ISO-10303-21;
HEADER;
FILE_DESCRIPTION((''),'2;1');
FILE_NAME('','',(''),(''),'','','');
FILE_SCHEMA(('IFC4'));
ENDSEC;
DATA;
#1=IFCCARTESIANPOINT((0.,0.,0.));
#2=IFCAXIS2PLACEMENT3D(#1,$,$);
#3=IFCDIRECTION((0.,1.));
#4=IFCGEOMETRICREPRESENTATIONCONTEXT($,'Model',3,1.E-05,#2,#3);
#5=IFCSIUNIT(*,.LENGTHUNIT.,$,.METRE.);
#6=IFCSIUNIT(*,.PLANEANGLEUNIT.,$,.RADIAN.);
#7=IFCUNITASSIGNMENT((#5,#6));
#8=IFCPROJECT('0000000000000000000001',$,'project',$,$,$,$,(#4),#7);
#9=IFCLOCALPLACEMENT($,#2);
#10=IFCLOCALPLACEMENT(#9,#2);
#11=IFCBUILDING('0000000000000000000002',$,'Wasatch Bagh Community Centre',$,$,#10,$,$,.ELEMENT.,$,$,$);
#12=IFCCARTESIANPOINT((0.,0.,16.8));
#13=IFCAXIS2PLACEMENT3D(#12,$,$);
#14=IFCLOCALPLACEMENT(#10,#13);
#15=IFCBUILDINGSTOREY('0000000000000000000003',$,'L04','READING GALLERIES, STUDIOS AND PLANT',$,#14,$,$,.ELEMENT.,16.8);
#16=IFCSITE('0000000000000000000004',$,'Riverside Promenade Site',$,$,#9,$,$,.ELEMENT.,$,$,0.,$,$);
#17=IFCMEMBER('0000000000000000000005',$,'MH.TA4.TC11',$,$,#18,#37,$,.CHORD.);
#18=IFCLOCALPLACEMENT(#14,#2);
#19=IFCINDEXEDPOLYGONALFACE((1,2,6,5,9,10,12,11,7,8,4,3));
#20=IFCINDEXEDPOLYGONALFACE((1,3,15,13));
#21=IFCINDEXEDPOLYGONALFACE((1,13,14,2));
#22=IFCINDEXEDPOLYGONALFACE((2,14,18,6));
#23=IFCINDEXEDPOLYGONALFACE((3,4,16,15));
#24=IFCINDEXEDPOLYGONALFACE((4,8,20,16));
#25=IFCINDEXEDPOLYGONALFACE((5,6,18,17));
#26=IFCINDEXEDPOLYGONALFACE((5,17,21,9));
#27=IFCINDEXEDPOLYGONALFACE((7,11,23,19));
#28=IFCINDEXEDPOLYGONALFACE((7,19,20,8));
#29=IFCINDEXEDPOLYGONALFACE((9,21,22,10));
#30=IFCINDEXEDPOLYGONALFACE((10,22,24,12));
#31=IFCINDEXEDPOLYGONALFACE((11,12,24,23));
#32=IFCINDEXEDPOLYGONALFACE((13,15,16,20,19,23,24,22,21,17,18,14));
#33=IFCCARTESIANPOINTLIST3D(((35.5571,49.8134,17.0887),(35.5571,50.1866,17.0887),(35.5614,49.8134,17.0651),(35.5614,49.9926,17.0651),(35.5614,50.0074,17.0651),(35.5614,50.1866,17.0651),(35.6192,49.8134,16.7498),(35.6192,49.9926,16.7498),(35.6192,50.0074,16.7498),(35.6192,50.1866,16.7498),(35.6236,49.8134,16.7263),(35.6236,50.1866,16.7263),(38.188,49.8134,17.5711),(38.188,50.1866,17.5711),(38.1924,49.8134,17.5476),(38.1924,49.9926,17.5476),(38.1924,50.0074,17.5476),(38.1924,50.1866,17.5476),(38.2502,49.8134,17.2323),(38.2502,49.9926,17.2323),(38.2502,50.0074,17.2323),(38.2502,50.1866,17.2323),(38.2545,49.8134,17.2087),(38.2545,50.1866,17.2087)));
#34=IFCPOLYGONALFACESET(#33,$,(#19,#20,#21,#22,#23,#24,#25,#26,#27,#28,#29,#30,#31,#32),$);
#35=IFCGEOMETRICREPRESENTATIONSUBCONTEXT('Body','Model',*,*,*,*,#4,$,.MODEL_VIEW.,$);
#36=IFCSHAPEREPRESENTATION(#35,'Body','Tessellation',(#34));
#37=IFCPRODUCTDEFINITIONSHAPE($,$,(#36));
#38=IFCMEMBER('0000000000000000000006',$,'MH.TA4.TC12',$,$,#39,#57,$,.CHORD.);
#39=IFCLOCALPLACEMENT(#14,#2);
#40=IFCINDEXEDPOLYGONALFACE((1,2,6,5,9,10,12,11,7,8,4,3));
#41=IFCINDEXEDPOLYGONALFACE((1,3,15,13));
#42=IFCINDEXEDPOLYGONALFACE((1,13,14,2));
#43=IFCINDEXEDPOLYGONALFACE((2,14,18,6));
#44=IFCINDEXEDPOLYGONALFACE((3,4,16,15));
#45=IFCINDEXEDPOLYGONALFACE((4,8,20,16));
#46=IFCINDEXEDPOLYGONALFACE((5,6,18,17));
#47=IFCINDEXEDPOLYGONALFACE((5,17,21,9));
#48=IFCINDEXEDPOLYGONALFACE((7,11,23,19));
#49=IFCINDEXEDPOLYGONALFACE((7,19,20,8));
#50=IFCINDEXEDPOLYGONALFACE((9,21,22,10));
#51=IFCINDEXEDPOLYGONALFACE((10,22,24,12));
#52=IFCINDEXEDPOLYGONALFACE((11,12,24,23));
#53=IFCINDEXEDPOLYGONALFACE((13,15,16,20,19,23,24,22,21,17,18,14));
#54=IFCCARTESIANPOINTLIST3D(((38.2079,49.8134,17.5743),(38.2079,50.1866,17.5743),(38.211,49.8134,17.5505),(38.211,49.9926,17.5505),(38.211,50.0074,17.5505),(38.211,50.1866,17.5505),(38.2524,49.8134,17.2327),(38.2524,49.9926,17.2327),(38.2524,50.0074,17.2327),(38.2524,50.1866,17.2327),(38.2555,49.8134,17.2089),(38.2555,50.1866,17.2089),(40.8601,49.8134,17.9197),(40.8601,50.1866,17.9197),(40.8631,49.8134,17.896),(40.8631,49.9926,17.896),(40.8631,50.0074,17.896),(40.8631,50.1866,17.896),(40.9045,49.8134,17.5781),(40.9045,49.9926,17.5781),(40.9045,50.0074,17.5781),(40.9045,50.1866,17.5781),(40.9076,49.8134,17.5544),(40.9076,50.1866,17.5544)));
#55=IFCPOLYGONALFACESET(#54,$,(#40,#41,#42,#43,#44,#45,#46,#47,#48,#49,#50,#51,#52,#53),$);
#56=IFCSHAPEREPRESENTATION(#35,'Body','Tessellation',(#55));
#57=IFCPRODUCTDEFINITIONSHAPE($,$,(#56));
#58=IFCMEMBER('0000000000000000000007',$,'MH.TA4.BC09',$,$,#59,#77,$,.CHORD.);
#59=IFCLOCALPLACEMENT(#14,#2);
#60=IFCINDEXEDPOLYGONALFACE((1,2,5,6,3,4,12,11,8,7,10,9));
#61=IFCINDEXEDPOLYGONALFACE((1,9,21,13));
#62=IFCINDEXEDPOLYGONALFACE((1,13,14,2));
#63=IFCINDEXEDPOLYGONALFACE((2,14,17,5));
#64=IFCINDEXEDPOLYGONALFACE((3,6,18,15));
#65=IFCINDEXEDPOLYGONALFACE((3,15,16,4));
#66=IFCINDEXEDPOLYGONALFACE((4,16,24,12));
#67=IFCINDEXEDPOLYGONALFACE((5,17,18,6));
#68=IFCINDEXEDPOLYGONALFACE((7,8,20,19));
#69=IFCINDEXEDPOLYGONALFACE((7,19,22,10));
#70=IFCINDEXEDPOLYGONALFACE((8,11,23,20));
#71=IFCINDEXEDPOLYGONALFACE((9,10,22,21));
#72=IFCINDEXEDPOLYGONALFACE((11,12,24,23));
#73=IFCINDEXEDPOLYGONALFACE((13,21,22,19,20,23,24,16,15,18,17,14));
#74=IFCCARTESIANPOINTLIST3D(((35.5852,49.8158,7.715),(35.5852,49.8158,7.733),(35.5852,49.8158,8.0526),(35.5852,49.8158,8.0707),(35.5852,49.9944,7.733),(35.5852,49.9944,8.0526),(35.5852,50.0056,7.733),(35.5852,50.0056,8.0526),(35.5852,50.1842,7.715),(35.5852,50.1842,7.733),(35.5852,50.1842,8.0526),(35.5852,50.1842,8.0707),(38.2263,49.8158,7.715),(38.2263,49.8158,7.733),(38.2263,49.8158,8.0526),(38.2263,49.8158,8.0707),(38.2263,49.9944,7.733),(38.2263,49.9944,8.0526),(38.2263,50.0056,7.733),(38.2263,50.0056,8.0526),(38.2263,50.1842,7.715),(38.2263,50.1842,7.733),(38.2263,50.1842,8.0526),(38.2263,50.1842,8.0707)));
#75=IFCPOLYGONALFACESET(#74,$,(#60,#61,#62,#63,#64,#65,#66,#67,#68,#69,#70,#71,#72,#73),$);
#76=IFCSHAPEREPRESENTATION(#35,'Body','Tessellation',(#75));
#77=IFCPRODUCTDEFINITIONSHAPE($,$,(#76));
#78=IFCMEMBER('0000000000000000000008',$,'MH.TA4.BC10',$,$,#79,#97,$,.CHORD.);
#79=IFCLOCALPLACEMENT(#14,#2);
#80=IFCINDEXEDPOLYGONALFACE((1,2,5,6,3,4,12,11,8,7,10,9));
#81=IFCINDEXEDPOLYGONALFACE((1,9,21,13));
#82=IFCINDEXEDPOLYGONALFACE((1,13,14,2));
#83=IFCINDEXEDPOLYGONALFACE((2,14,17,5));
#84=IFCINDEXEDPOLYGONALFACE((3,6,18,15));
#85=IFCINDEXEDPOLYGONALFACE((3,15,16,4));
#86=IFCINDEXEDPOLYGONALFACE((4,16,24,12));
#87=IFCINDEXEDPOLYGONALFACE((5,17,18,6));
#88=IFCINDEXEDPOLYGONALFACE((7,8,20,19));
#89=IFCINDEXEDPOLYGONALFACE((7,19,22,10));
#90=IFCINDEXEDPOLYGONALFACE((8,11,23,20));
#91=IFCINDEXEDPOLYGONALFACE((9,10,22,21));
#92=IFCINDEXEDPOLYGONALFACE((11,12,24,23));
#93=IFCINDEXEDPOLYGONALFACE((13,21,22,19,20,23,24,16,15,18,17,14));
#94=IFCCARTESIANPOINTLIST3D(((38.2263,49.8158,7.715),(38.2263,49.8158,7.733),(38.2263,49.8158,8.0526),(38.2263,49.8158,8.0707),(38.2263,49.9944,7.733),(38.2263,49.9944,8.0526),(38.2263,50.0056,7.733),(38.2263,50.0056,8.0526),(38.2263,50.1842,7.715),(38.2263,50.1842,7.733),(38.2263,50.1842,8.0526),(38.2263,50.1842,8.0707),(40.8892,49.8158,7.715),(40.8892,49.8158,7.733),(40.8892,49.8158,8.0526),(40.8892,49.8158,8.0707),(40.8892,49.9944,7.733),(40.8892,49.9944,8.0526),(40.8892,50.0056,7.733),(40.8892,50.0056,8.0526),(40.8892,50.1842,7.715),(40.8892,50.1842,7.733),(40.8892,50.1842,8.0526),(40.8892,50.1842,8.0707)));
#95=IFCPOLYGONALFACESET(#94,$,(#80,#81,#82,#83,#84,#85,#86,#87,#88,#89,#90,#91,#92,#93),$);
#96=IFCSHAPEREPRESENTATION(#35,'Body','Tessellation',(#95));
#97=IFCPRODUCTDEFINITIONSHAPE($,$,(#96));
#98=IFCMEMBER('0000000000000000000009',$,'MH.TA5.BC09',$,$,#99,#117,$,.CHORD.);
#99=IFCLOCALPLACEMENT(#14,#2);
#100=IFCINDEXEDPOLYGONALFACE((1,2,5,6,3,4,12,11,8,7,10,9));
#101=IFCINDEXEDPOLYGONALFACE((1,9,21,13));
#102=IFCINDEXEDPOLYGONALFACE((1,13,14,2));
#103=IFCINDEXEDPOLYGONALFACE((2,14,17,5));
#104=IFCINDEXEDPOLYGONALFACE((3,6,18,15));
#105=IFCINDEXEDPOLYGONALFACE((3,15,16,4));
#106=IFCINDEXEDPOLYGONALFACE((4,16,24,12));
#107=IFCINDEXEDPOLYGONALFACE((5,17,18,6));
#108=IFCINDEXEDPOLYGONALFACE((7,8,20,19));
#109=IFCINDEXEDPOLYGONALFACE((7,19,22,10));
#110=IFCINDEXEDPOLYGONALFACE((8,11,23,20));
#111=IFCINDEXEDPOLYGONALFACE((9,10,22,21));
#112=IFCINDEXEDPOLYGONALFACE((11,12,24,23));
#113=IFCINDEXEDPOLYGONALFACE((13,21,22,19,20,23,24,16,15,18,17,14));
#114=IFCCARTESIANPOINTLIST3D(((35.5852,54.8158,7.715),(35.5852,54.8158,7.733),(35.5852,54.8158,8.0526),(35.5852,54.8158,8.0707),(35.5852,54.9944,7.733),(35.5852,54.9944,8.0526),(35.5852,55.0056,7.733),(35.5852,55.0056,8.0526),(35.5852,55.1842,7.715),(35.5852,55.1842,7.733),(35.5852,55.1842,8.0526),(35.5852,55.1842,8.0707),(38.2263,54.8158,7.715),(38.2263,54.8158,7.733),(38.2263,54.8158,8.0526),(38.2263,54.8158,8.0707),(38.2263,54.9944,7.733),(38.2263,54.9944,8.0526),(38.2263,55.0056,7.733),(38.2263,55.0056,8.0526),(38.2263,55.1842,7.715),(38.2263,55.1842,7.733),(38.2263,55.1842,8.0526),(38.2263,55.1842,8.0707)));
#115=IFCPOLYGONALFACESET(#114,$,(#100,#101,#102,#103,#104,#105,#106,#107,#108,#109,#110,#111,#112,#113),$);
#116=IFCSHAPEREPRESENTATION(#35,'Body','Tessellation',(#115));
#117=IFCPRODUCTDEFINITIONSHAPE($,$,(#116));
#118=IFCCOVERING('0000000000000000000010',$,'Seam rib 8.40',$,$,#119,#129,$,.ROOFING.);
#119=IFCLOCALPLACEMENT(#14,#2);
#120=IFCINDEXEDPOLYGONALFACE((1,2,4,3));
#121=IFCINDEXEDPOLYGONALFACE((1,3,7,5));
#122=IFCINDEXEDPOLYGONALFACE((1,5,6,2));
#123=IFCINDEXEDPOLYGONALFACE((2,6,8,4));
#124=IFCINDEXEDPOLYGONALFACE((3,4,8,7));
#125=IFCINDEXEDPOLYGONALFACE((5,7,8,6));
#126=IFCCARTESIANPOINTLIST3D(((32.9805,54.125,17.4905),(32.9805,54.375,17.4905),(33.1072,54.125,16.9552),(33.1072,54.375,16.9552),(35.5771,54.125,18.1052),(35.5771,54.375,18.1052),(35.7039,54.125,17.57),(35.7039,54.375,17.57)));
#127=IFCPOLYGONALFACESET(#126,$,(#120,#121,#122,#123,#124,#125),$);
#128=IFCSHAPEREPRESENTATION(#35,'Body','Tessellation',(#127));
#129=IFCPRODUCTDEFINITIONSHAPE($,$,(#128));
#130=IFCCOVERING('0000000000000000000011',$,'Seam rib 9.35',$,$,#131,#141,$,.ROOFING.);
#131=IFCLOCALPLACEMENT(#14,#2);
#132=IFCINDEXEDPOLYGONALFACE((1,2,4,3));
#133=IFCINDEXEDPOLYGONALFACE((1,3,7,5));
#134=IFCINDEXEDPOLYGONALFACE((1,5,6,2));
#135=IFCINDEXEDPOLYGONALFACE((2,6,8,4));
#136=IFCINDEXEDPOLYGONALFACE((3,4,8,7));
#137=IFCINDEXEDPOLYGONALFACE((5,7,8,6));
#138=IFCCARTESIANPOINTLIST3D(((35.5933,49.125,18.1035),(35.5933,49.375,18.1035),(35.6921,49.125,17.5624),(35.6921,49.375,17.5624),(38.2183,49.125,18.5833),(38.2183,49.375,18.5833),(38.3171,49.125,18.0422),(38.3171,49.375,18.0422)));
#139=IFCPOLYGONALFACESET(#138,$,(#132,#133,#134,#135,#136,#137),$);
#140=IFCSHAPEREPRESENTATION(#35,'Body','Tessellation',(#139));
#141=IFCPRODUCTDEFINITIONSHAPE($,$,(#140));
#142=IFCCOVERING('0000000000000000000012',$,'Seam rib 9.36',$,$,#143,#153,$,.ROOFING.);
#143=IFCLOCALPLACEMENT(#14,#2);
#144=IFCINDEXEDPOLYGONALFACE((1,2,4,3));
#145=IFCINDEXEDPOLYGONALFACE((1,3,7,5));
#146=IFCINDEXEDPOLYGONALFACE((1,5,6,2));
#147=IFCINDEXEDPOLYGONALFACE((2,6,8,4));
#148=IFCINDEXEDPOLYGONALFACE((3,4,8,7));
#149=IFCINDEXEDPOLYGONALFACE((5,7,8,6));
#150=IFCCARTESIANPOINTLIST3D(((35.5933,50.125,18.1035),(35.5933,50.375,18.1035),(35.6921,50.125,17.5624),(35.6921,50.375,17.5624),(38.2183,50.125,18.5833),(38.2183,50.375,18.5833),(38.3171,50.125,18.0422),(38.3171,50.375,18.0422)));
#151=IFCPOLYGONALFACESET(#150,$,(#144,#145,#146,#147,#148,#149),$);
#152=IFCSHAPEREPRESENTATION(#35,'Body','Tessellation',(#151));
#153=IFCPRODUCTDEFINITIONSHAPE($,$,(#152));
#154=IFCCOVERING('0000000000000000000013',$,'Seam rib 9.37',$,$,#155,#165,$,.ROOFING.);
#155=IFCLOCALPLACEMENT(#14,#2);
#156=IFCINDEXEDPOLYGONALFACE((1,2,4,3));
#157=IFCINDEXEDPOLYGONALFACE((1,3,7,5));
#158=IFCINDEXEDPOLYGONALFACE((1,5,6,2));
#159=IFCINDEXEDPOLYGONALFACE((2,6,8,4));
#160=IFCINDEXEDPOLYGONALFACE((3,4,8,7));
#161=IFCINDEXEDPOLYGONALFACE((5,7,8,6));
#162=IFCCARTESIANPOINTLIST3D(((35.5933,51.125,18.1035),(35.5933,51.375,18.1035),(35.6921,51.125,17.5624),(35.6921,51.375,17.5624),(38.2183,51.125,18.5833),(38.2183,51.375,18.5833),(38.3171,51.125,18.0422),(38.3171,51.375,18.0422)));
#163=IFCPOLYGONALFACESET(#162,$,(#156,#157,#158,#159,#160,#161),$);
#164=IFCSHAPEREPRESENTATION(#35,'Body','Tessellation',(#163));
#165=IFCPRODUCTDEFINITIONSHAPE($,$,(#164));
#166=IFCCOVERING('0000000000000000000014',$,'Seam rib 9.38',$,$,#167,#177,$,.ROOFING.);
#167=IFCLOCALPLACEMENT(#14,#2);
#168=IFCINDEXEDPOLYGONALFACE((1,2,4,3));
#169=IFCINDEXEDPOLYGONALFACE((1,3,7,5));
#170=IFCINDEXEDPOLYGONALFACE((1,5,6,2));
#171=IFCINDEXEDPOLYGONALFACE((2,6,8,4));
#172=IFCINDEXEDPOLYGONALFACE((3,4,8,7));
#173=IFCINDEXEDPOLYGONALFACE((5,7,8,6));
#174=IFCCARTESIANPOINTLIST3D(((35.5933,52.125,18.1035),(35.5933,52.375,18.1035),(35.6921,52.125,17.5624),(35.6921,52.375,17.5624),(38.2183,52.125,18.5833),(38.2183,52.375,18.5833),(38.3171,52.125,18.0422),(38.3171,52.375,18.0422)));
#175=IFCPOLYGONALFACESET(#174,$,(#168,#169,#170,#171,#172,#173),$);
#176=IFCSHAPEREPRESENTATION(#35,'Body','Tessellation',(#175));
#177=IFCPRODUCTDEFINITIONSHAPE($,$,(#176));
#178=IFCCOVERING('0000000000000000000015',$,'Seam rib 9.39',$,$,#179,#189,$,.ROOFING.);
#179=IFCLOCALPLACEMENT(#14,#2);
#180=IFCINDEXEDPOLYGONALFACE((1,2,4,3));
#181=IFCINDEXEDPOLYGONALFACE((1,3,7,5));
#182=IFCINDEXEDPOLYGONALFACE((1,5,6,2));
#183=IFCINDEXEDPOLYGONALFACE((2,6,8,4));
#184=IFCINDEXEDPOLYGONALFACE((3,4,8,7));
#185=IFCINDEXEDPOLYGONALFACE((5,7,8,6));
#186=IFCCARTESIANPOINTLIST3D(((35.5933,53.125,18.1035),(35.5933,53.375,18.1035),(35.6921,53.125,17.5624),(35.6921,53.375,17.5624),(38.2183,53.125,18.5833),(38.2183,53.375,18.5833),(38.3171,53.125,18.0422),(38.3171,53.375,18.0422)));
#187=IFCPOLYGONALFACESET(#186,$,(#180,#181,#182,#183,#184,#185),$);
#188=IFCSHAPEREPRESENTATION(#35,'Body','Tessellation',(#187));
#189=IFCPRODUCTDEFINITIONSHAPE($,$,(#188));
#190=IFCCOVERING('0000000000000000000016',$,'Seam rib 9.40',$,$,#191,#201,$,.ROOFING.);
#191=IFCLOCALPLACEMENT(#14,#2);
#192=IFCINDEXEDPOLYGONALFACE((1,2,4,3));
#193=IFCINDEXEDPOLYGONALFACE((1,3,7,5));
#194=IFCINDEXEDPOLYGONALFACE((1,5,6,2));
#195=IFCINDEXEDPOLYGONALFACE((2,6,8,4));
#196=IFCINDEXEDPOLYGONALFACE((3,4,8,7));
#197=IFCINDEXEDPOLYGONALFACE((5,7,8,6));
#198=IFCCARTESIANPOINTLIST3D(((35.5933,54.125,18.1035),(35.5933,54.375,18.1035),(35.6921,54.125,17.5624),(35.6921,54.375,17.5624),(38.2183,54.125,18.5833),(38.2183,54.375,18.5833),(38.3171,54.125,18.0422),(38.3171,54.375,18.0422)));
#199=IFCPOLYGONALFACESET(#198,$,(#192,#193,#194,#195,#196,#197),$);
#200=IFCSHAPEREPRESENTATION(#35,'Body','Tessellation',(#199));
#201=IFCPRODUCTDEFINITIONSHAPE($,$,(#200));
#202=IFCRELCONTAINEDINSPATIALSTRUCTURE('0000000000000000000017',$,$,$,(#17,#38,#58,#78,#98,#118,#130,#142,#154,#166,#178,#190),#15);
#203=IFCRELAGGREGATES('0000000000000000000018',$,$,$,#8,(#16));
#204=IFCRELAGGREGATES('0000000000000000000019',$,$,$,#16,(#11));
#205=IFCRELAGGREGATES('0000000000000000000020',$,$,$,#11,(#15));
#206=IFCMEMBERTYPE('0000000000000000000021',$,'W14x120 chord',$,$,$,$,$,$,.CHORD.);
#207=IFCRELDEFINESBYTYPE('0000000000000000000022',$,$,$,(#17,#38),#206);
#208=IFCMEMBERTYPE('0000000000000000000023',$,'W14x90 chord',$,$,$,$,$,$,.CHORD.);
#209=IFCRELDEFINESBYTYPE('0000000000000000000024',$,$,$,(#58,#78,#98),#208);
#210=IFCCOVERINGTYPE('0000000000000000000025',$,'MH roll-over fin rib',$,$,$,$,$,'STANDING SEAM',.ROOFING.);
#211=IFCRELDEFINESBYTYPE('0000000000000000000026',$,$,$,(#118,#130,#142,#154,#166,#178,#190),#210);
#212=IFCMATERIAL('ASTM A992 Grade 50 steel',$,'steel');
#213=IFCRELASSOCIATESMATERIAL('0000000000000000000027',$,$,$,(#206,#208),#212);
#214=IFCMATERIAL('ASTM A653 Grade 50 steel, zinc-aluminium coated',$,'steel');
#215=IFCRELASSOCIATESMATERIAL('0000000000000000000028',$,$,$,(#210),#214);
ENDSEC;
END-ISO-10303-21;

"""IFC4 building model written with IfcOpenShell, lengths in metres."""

from ifc_helpers import new_model, si_unit, direction, frame, origin, origin_2d, place, context, subcontext, project, spatial, polyline, i_section, outline, extrude, material, material_profile, profile_set, type_object, element, save


model = new_model("IFC4")

# Units and contexts
model_context = context("Model", 3, precision=1e-05, world=origin(), true_north=direction((0.0, 1.0)))
body_context = subcontext(model_context, "Body", "Model", "MODEL_VIEW")
ifc_project = project(units=[si_unit("LENGTHUNIT", "METRE"), si_unit("PLANEANGLEUNIT", "RADIAN")], contexts=[model_context])

# Site, building, storey
site_placement = place(None, origin())
site = spatial("IfcSite", under=ifc_project, at=site_placement, Name="Riverside Promenade Site", CompositionType="ELEMENT", RefElevation=0.0)
building_placement = place(site_placement, origin())
building = spatial("IfcBuilding", under=site, at=building_placement, Name="Wasatch Bagh Community Centre", CompositionType="ELEMENT")
storey_placement = place(building_placement, frame((0.0, 0.0, 16.8)))
storey = spatial("IfcBuildingStorey", under=building, at=storey_placement, Name="L04", Description="READING GALLERIES, STUDIOS AND PLANT", CompositionType="ELEMENT", Elevation=16.8)

# Members
ifc_material_1 = material(Name="ASTM A992 Grade 50 steel", Category="steel")
ifc_material_profile_1 = material_profile(ifc_material_1, i_section(OverallWidth=0.3733, OverallDepth=0.3684, WebThickness=0.0149, FlangeThickness=0.0239, at=origin_2d()), Name="W14x120")
ifc_profile_set_1 = profile_set([ifc_material_profile_1], Name="ASTM A992 Grade 50 steel")
member_type_1 = type_object("IfcMemberType", Name="W14x120 chord", PredefinedType="CHORD", material=ifc_profile_set_1)
member_1_placement = place(storey_placement, frame((35.5903, 50.0, 16.9075), z_axis=(0.9836, 0.0, 0.180363), x_axis=(0.0, 1.0, 0.0)))
element("IfcMember", 1, at=member_1_placement, inside=storey, type_object=member_type_1, Name="MH.TA4.TC11", PredefinedType="CHORD", context=body_context, shape_type="SweptSolid", body=[
    extrude(i_section(OverallWidth=0.3733, OverallDepth=0.3684, WebThickness=0.0149, FlangeThickness=0.0239, at=origin_2d()), origin(), (0.0, 0.0, 1.0), 2.6748),
])
member_2_placement = place(storey_placement, frame((38.2317, 50.0, 17.3916), z_axis=(0.991623, 0.0, 0.129167), x_axis=(0.0, 1.0, 0.0)))
element("IfcMember", 2, at=member_2_placement, inside=storey, type_object=member_type_1, Name="MH.TA4.TC12", PredefinedType="CHORD", context=body_context, shape_type="SweptSolid", body=[
    extrude(i_section(OverallWidth=0.3733, OverallDepth=0.3684, WebThickness=0.0149, FlangeThickness=0.0239, at=origin_2d()), origin(), (0.0, 0.0, 1.0), 2.6746),
])
ifc_material_profile_2 = material_profile(ifc_material_1, i_section(OverallWidth=0.3684, OverallDepth=0.3557, WebThickness=0.0112, FlangeThickness=0.0181, at=origin_2d()), Name="W14x90")
ifc_profile_set_2 = profile_set([ifc_material_profile_2], Name="ASTM A992 Grade 50 steel")
member_type_2 = type_object("IfcMemberType", Name="W14x90 chord", PredefinedType="CHORD", material=ifc_profile_set_2)
member_3_placement = place(storey_placement, frame((35.5852, 50.0, 7.8928), z_axis=(1.0, 0.0, 0.0), x_axis=(0.0, 1.0, 0.0)))
element("IfcMember", 3, at=member_3_placement, inside=storey, type_object=member_type_2, Name="MH.TA4.BC09", PredefinedType="CHORD", context=body_context, shape_type="SweptSolid", body=[
    extrude(i_section(OverallWidth=0.3684, OverallDepth=0.3557, WebThickness=0.0112, FlangeThickness=0.0181, at=origin_2d()), origin(), (0.0, 0.0, 1.0), 2.6411),
])
member_4_placement = place(storey_placement, frame((38.2263, 50.0, 7.8928), z_axis=(1.0, 0.0, 0.0), x_axis=(0.0, 1.0, 0.0)))
element("IfcMember", 4, at=member_4_placement, inside=storey, type_object=member_type_2, Name="MH.TA4.BC10", PredefinedType="CHORD", context=body_context, shape_type="SweptSolid", body=[
    extrude(i_section(OverallWidth=0.3684, OverallDepth=0.3557, WebThickness=0.0112, FlangeThickness=0.0181, at=origin_2d()), origin(), (0.0, 0.0, 1.0), 2.6628),
])
member_5_placement = place(storey_placement, frame((35.5852, 55.0, 7.8928), z_axis=(1.0, 0.0, 0.0), x_axis=(0.0, 1.0, 0.0)))
element("IfcMember", 5, at=member_5_placement, inside=storey, type_object=member_type_2, Name="MH.TA5.BC09", PredefinedType="CHORD", context=body_context, shape_type="SweptSolid", body=[
    extrude(i_section(OverallWidth=0.3684, OverallDepth=0.3557, WebThickness=0.0112, FlangeThickness=0.0181, at=origin_2d()), origin(), (0.0, 0.0, 1.0), 2.6411),
])

# Coverings
ifc_material_2 = material(Name="ASTM A653 Grade 50 steel, zinc-aluminium coated", Category="steel")
covering_type = type_object("IfcCoveringType", Name="MH roll-over fin rib", ElementType="STANDING SEAM", PredefinedType="ROOFING", material=ifc_material_2)
covering_placement = place(storey_placement, frame((32.9805, 54.125, 17.4905), z_axis=(-0.230375, 0.0, 0.973102), x_axis=(0.973102, 0.0, 0.230375)))
element("IfcCovering", 6, at=covering_placement, inside=storey, type_object=covering_type, Name="Seam rib 8.40", PredefinedType="ROOFING", context=body_context, shape_type="SweptSolid", body=[
    extrude(outline(polyline([(0.0, 0.0), (2.6685, 0.0), (2.6685, 0.25), (0.0, 0.25), (0.0, 0.0)])), origin(), (0.0, 0.0, -1.0), 0.55),
])
for number, where, z_axis, x_axis, name in (
    (7, (35.5933, 49.125, 18.1035), (-0.179779, 0.0, 0.983707), (0.983707, 0.0, 0.179779), "Seam rib 9.35"),
    (8, (35.5933, 50.125, 18.1035), (-0.179779, 0.0, 0.983707), (0.983707, 0.0, 0.179779), "Seam rib 9.36"),
    (9, (35.5933, 51.125, 18.1035), (-0.179779, 0.0, 0.983707), (0.983707, 0.0, 0.179779), "Seam rib 9.37"),
    (10, (35.5933, 52.125, 18.1035), (-0.179779, 0.0, 0.983707), (0.983707, 0.0, 0.179779), "Seam rib 9.38"),
    (11, (35.5933, 53.125, 18.1035), (-0.179779, 0.0, 0.983707), (0.983707, 0.0, 0.179779), "Seam rib 9.39"),
    (12, (35.5933, 54.125, 18.1035), (-0.179779, 0.0, 0.983707), (0.983707, 0.0, 0.179779), "Seam rib 9.40"),
):
    element("IfcCovering", number, at=place(storey_placement, frame(where, z_axis=z_axis, x_axis=x_axis)), inside=storey, type_object=covering_type, Name=name, PredefinedType="ROOFING", context=body_context, shape_type="SweptSolid", body=[
        extrude(outline(polyline([(0.0, 0.0), (2.6685, 0.0), (2.6685, 0.25), (0.0, 0.25), (0.0, 0.0)])), origin(), (0.0, 0.0, -1.0), 0.55),
    ])

save(model, "model.ifc")
